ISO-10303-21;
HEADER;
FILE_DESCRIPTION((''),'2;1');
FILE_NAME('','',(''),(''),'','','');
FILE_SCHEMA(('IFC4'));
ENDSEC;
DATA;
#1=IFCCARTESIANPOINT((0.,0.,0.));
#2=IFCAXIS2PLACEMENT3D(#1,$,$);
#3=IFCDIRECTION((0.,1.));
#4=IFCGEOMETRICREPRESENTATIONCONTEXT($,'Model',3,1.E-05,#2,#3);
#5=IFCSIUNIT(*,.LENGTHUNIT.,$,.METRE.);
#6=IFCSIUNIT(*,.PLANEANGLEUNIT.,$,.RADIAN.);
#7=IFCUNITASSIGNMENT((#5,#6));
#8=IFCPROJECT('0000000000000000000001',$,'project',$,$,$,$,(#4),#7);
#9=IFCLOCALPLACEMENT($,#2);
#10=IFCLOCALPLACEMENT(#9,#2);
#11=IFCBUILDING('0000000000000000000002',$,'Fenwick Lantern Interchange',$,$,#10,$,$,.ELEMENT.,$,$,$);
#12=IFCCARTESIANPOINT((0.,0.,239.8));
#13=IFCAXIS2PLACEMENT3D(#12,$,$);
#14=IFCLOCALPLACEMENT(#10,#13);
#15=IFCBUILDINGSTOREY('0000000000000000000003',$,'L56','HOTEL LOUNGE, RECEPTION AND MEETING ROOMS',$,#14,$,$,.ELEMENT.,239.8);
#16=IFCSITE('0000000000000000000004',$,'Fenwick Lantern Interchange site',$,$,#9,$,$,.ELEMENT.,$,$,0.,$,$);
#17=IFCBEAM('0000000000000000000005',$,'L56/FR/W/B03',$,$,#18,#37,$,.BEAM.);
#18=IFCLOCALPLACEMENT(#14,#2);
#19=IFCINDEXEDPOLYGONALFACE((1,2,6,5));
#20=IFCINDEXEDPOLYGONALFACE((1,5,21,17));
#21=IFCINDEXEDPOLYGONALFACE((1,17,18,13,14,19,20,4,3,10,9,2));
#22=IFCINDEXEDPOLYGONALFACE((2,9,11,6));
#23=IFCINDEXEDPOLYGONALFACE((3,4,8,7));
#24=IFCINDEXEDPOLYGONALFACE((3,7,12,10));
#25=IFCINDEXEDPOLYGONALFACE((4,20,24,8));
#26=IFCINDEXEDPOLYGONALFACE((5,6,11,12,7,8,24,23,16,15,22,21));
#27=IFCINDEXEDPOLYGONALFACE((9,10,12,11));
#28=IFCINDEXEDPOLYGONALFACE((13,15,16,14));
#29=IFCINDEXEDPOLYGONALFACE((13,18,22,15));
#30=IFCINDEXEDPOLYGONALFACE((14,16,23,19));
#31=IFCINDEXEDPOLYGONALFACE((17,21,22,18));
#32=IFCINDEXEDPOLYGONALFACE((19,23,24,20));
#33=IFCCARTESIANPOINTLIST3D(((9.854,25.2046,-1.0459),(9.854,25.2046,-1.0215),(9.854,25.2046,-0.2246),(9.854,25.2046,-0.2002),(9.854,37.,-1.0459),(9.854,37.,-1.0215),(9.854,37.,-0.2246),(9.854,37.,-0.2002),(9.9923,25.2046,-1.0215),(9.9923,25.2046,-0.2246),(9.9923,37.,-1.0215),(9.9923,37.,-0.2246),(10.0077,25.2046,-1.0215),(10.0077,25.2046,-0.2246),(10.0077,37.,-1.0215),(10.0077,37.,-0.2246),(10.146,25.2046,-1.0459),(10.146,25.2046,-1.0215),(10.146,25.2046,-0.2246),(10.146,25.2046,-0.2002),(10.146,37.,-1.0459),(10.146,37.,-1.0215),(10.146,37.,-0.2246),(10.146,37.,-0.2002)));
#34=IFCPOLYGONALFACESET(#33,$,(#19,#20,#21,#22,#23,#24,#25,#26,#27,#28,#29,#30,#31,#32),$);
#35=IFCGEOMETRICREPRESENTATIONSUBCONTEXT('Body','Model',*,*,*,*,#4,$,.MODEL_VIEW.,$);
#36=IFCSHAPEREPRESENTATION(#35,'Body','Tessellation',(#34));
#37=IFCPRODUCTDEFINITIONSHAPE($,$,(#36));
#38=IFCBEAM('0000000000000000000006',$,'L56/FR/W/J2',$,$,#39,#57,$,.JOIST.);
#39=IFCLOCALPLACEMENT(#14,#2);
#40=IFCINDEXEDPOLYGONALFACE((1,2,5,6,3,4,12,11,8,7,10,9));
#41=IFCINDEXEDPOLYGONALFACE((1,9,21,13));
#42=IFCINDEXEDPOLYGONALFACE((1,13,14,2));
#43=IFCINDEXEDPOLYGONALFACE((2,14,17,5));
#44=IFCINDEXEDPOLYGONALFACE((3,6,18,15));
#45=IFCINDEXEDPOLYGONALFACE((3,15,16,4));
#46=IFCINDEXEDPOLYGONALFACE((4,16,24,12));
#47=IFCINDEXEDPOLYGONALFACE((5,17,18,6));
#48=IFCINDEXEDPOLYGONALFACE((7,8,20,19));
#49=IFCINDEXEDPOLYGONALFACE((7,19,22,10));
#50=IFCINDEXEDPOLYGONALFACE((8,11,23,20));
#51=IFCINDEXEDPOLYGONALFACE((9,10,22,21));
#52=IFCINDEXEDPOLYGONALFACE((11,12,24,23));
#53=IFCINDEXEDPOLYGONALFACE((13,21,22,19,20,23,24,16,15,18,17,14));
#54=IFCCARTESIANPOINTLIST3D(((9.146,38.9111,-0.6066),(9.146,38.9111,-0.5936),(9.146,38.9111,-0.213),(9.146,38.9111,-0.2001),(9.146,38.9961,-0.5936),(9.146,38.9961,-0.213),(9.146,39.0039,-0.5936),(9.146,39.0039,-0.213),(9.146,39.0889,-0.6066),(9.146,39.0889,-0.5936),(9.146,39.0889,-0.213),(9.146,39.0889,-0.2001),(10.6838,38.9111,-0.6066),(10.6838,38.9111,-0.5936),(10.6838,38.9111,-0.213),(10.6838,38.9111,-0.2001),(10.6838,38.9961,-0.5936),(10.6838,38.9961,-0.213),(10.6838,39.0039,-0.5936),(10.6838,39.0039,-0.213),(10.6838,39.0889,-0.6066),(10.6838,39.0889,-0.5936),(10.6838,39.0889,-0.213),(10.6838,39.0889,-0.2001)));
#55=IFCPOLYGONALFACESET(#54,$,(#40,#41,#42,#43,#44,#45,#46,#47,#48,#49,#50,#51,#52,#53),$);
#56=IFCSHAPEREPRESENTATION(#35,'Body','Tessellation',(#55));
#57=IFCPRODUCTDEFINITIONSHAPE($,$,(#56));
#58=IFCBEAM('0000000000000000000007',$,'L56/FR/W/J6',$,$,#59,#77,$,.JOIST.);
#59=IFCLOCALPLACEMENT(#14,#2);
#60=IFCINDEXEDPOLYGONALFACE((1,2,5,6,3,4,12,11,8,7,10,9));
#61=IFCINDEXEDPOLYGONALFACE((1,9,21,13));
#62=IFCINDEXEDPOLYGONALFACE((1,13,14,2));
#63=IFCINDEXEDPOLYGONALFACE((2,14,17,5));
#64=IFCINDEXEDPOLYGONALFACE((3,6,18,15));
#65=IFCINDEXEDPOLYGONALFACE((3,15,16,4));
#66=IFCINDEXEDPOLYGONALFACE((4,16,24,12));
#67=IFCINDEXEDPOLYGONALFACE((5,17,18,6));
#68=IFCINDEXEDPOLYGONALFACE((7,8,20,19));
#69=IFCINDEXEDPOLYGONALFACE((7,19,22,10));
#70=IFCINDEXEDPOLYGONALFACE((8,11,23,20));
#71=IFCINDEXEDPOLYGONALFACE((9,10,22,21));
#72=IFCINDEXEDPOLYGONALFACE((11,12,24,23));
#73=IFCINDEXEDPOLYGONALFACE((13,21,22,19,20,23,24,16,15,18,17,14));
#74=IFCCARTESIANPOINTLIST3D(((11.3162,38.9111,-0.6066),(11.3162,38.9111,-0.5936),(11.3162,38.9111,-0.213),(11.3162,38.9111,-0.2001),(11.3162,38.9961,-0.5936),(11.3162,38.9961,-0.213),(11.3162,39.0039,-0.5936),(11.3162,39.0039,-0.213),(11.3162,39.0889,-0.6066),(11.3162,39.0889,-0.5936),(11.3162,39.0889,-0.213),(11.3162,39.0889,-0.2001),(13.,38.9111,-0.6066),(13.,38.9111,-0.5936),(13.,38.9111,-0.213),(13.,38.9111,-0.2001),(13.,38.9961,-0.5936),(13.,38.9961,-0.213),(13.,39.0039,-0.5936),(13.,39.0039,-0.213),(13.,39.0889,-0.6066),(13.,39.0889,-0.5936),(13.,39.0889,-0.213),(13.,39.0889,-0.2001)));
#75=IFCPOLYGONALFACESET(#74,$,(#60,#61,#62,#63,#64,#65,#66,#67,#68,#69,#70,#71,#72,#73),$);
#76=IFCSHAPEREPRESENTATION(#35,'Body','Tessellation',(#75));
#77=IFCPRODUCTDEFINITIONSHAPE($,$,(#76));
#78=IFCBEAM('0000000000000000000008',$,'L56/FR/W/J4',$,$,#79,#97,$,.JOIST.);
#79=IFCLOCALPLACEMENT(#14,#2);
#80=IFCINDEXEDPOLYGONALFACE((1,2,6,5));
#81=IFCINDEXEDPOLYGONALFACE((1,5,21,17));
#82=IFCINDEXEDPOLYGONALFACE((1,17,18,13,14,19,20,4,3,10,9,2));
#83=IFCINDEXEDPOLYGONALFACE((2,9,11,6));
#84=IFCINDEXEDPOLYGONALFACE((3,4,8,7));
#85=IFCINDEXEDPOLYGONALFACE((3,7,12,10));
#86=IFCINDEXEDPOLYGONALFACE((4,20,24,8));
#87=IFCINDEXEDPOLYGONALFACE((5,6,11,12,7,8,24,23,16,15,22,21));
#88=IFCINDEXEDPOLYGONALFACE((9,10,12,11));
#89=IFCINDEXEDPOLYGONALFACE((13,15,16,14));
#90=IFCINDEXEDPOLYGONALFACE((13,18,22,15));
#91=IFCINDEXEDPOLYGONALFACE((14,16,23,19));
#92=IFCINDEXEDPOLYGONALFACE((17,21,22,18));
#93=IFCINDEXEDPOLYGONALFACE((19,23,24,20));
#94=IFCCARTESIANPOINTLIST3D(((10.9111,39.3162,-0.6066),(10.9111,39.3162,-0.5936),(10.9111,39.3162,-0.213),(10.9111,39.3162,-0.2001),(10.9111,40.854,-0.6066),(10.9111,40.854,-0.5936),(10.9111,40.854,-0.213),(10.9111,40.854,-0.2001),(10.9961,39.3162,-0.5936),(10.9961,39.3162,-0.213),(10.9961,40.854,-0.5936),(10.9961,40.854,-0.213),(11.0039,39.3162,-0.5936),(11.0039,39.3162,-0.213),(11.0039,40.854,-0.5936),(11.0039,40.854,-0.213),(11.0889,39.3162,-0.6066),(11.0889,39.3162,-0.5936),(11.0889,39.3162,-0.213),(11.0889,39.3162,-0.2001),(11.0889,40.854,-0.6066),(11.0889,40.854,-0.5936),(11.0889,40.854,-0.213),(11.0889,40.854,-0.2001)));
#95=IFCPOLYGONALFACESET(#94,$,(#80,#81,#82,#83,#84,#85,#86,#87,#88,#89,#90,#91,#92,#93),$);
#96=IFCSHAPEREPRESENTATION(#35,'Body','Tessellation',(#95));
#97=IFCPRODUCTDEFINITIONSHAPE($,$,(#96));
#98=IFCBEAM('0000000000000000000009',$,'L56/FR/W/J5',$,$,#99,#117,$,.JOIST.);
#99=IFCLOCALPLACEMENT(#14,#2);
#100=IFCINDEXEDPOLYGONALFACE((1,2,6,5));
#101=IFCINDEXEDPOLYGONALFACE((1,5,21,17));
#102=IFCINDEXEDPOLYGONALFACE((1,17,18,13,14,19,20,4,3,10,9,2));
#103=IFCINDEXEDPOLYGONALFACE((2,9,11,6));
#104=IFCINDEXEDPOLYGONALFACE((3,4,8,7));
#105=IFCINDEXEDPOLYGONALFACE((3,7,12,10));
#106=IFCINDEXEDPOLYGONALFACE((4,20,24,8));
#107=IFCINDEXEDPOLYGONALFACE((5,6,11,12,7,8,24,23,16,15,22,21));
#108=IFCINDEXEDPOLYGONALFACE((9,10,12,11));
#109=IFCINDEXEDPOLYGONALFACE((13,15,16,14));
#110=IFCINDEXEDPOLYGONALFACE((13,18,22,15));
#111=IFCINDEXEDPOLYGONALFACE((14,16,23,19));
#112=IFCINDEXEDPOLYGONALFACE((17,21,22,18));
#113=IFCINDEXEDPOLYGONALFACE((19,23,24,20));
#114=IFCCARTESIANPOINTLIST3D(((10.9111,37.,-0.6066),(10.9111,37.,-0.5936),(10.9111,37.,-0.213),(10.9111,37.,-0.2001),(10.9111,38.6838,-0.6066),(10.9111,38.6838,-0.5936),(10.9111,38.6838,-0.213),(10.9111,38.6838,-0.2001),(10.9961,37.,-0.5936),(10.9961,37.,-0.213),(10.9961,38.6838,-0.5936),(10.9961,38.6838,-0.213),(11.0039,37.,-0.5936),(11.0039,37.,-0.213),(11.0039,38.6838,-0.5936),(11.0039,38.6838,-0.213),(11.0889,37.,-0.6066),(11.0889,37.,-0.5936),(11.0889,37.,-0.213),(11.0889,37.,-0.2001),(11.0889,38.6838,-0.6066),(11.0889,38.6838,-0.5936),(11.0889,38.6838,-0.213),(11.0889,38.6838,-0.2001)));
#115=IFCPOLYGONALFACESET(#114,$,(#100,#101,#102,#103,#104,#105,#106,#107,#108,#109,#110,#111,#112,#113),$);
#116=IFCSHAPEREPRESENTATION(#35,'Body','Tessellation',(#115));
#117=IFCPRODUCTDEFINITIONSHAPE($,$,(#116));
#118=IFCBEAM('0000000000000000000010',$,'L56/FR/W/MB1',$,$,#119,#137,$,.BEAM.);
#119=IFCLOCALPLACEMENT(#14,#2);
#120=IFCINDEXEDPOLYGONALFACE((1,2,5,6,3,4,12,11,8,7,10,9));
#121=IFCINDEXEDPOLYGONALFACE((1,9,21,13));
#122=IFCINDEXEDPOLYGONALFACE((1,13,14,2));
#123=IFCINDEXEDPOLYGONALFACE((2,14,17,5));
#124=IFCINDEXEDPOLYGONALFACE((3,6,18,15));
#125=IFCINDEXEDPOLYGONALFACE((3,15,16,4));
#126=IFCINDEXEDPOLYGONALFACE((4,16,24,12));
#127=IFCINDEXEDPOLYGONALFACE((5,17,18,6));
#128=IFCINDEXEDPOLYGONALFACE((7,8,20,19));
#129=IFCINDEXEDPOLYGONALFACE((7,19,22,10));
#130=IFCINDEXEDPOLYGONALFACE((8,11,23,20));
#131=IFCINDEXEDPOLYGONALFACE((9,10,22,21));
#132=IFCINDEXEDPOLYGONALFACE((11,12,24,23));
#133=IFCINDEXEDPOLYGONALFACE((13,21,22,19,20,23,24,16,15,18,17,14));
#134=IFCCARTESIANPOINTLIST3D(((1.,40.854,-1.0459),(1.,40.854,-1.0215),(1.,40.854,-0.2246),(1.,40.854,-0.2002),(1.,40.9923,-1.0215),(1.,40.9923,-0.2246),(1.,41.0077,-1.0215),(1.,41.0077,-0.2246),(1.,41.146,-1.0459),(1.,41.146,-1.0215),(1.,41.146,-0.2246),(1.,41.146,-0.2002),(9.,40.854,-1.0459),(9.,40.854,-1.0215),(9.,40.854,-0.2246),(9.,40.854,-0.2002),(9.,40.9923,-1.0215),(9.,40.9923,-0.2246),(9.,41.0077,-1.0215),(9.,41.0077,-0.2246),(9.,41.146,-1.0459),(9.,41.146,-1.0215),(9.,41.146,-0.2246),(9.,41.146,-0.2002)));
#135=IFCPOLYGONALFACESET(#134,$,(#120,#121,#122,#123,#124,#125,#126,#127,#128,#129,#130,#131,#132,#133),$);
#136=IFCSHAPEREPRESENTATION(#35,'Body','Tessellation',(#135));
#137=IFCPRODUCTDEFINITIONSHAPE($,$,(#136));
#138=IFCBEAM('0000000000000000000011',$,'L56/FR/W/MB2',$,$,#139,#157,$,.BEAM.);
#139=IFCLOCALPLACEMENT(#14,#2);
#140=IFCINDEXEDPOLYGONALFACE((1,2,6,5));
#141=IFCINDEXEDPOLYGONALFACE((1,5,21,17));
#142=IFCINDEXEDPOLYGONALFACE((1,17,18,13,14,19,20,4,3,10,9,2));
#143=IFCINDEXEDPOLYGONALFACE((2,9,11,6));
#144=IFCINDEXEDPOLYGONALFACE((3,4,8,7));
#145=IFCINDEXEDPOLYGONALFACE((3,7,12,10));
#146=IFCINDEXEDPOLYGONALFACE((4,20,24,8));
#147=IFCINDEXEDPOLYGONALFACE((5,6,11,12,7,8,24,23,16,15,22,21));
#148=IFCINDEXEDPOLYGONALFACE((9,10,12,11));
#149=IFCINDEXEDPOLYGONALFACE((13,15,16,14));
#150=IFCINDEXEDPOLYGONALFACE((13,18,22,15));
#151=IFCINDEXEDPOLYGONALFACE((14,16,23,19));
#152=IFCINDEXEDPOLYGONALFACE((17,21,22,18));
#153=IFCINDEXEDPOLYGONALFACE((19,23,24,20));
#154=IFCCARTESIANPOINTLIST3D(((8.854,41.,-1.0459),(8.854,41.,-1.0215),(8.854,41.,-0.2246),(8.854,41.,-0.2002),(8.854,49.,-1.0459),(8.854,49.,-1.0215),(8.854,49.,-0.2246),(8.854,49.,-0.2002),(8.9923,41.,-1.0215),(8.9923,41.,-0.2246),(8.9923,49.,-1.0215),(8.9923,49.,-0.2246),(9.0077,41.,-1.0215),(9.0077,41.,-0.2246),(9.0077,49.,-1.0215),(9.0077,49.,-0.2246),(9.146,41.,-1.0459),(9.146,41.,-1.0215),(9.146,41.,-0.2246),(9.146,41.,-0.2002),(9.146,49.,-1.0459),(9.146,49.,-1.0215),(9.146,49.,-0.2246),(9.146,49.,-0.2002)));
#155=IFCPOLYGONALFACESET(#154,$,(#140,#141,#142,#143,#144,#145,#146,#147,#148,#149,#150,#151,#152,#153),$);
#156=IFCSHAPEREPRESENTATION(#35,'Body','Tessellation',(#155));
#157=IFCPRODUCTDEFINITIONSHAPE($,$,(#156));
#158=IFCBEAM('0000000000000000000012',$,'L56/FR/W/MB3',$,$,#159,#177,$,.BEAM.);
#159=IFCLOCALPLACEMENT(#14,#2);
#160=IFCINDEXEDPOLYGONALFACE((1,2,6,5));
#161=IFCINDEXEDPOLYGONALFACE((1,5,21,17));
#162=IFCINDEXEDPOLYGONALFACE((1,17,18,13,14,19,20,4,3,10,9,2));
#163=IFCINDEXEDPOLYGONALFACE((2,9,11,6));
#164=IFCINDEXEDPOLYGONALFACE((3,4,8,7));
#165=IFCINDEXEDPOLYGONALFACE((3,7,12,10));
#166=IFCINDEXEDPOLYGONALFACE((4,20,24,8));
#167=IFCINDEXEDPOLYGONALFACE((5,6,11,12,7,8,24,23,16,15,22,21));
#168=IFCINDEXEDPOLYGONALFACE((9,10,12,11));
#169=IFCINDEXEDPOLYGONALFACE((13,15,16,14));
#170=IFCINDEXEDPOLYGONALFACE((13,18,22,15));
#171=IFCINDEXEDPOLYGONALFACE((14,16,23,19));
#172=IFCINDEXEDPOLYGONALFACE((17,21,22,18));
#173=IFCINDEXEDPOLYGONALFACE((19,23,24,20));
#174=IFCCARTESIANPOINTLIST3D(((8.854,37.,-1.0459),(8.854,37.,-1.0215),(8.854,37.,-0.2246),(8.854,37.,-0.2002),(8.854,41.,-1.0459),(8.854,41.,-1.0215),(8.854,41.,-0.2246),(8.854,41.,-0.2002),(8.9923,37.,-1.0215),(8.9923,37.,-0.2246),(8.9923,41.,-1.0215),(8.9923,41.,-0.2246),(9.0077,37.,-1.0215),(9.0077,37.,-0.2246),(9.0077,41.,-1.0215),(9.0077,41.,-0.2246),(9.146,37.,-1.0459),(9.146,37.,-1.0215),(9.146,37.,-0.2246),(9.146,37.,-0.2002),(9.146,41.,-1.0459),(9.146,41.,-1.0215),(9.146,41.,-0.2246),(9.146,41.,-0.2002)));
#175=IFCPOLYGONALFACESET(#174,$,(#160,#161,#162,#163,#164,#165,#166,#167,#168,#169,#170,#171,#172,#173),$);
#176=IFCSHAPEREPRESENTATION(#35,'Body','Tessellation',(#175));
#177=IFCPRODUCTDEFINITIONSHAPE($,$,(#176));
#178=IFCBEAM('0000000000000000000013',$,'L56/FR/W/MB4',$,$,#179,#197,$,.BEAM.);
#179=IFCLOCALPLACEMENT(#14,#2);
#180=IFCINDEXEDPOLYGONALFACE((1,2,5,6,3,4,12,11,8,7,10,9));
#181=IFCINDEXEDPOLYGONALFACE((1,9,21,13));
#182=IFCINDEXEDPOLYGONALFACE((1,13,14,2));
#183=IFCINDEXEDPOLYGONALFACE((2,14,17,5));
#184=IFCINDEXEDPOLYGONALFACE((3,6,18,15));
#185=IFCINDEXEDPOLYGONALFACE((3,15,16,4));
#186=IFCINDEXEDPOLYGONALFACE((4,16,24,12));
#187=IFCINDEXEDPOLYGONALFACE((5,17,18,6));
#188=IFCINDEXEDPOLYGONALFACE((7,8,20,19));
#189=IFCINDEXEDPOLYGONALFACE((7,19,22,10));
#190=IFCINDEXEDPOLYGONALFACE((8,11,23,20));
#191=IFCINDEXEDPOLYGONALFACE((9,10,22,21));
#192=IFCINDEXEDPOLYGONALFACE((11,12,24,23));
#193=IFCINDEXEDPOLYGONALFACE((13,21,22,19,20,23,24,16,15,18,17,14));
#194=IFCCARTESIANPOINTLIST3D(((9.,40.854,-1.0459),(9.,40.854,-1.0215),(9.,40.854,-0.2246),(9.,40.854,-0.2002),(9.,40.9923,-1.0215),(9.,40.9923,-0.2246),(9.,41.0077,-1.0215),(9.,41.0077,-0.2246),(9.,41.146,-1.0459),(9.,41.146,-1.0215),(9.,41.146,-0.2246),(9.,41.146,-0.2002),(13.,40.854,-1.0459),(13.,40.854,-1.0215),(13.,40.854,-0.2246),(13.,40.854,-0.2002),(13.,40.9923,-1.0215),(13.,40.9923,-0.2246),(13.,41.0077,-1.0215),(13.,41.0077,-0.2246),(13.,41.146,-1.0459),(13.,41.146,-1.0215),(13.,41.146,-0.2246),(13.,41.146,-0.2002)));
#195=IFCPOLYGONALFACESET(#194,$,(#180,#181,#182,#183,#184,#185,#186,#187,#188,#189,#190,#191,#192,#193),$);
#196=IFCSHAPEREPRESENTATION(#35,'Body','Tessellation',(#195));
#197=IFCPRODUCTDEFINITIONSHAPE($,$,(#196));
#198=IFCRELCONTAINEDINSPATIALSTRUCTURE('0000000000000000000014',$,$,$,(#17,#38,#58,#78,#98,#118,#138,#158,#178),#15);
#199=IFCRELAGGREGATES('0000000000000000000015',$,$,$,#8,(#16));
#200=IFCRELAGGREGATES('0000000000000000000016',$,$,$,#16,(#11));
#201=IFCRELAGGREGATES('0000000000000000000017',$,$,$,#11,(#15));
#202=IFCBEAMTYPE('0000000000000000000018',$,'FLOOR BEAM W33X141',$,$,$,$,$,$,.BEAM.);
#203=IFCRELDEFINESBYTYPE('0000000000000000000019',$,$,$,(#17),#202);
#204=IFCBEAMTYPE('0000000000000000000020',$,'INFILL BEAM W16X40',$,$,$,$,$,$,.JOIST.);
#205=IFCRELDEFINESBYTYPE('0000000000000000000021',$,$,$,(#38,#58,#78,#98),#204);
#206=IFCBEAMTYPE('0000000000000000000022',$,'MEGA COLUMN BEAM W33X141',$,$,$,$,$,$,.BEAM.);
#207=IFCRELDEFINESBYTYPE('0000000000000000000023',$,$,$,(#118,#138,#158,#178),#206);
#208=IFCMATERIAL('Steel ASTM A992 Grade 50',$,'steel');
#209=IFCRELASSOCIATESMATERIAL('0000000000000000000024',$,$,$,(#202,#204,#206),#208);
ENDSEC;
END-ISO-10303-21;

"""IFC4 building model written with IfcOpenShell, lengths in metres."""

from ifc_helpers import new_model, si_unit, direction, frame, origin, origin_2d, place, context, subcontext, project, spatial, i_section, extrude, material, material_profile, profile_set, type_object, element, save


model = new_model("IFC4")

# Units and contexts
model_context = context("Model", 3, precision=1e-05, world=origin(), true_north=direction((0.0, 1.0)))
body_context = subcontext(model_context, "Body", "Model", "MODEL_VIEW")
ifc_project = project(units=[si_unit("LENGTHUNIT", "METRE"), si_unit("PLANEANGLEUNIT", "RADIAN")], contexts=[model_context])

# Site, building, storey
site_placement = place(None, origin())
site = spatial("IfcSite", under=ifc_project, at=site_placement, Name="Fenwick Lantern Interchange site", CompositionType="ELEMENT", RefElevation=0.0)
building_placement = place(site_placement, origin())
building = spatial("IfcBuilding", under=site, at=building_placement, Name="Fenwick Lantern Interchange", CompositionType="ELEMENT")
storey_placement = place(building_placement, frame((0.0, 0.0, 239.8)))
storey = spatial("IfcBuildingStorey", under=building, at=storey_placement, Name="L56", Description="HOTEL LOUNGE, RECEPTION AND MEETING ROOMS", CompositionType="ELEMENT", Elevation=239.8)

# Beams
ifc_material_1 = material(Name="Steel ASTM A992 Grade 50", Category="steel")
ifc_material_profile_1 = material_profile(ifc_material_1, i_section(OverallWidth=0.292, OverallDepth=0.8457, WebThickness=0.0154, FlangeThickness=0.0244, at=origin_2d()), Name="W33X141")
ifc_profile_set_1 = profile_set([ifc_material_profile_1], Name="Steel ASTM A992 Grade 50")
beam_type_1 = type_object("IfcBeamType", Name="FLOOR BEAM W33X141", PredefinedType="BEAM", material=ifc_profile_set_1)
beam_1_placement = place(storey_placement, frame((10.0, 37.0, -0.623), z_axis=(0.0, -1.0, 0.0), x_axis=(1.0, 0.0, 0.0)))
element("IfcBeam", 1, at=beam_1_placement, inside=storey, type_object=beam_type_1, Name="L56/FR/W/B03", PredefinedType="BEAM", context=body_context, shape_type="SweptSolid", body=[
    extrude(i_section(OverallWidth=0.292, OverallDepth=0.8457, WebThickness=0.0154, FlangeThickness=0.0244, at=origin_2d()), origin(), (0.0, 0.0, 1.0), 11.7954),
])
ifc_material_profile_2 = material_profile(ifc_material_1, i_section(OverallWidth=0.1777, OverallDepth=0.4065, WebThickness=0.0078, FlangeThickness=0.0129, at=origin_2d()), Name="W16X40")
ifc_profile_set_2 = profile_set([ifc_material_profile_2], Name="Steel ASTM A992 Grade 50")
beam_type_2 = type_object("IfcBeamType", Name="INFILL BEAM W16X40", PredefinedType="JOIST", material=ifc_profile_set_2)
beam_2_placement = place(storey_placement, frame((9.146, 39.0, -0.4033), z_axis=(1.0, 0.0, 0.0), x_axis=(0.0, 1.0, 0.0)))
element("IfcBeam", 2, at=beam_2_placement, inside=storey, type_object=beam_type_2, Name="L56/FR/W/J2", PredefinedType="JOIST", context=body_context, shape_type="SweptSolid", body=[
    extrude(i_section(OverallWidth=0.1777, OverallDepth=0.4065, WebThickness=0.0078, FlangeThickness=0.0129, at=origin_2d()), origin(), (0.0, 0.0, 1.0), 1.5378),
])
beam_3_placement = place(storey_placement, frame((11.3162, 39.0, -0.4033), z_axis=(1.0, 0.0, 0.0), x_axis=(0.0, 1.0, 0.0)))
element("IfcBeam", 3, at=beam_3_placement, inside=storey, type_object=beam_type_2, Name="L56/FR/W/J6", PredefinedType="JOIST", context=body_context, shape_type="SweptSolid", body=[
    extrude(i_section(OverallWidth=0.1777, OverallDepth=0.4065, WebThickness=0.0078, FlangeThickness=0.0129, at=origin_2d()), origin(), (0.0, 0.0, 1.0), 1.6838),
])
beam_4_placement = place(storey_placement, frame((11.0, 40.854, -0.4033), z_axis=(0.0, -1.0, 0.0), x_axis=(1.0, 0.0, 0.0)))
element("IfcBeam", 4, at=beam_4_placement, inside=storey, type_object=beam_type_2, Name="L56/FR/W/J4", PredefinedType="JOIST", context=body_context, shape_type="SweptSolid", body=[
    extrude(i_section(OverallWidth=0.1777, OverallDepth=0.4065, WebThickness=0.0078, FlangeThickness=0.0129, at=origin_2d()), origin(), (0.0, 0.0, 1.0), 1.5378),
])
beam_5_placement = place(storey_placement, frame((11.0, 38.6838, -0.4033), z_axis=(0.0, -1.0, 0.0), x_axis=(1.0, 0.0, 0.0)))
element("IfcBeam", 5, at=beam_5_placement, inside=storey, type_object=beam_type_2, Name="L56/FR/W/J5", PredefinedType="JOIST", context=body_context, shape_type="SweptSolid", body=[
    extrude(i_section(OverallWidth=0.1777, OverallDepth=0.4065, WebThickness=0.0078, FlangeThickness=0.0129, at=origin_2d()), origin(), (0.0, 0.0, 1.0), 1.6838),
])
ifc_material_profile_3 = material_profile(ifc_material_1, i_section(OverallWidth=0.292, OverallDepth=0.8457, WebThickness=0.0154, FlangeThickness=0.0244, at=origin_2d()), Name="W33X141")
ifc_profile_set_3 = profile_set([ifc_material_profile_3], Name="Steel ASTM A992 Grade 50")
beam_type_3 = type_object("IfcBeamType", Name="MEGA COLUMN BEAM W33X141", PredefinedType="BEAM", material=ifc_profile_set_3)
for number, where, z_axis, x_axis, name in (
    (6, (9.0, 41.0, -0.623), (-1.0, 0.0, 0.0), (0.0, -1.0, 0.0), "L56/FR/W/MB1"),
    (7, (9.0, 41.0, -0.623), (0.0, 1.0, 0.0), (-1.0, 0.0, 0.0), "L56/FR/W/MB2"),
):
    element("IfcBeam", number, at=place(storey_placement, frame(where, z_axis=z_axis, x_axis=x_axis)), inside=storey, type_object=beam_type_3, Name=name, PredefinedType="BEAM", context=body_context, shape_type="SweptSolid", body=[
        extrude(i_section(OverallWidth=0.292, OverallDepth=0.8457, WebThickness=0.0154, FlangeThickness=0.0244, at=origin_2d()), origin(), (0.0, 0.0, 1.0), 8.0),
    ])
for number, where, z_axis, x_axis, name in (
    (8, (9.0, 41.0, -0.623), (0.0, -1.0, 0.0), (1.0, 0.0, 0.0), "L56/FR/W/MB3"),
    (9, (9.0, 41.0, -0.623), (1.0, 0.0, 0.0), (0.0, 1.0, 0.0), "L56/FR/W/MB4"),
):
    element("IfcBeam", number, at=place(storey_placement, frame(where, z_axis=z_axis, x_axis=x_axis)), inside=storey, type_object=beam_type_3, Name=name, PredefinedType="BEAM", context=body_context, shape_type="SweptSolid", body=[
        extrude(i_section(OverallWidth=0.292, OverallDepth=0.8457, WebThickness=0.0154, FlangeThickness=0.0244, at=origin_2d()), origin(), (0.0, 0.0, 1.0), 4.0),
    ])

save(model, "model.ifc")
